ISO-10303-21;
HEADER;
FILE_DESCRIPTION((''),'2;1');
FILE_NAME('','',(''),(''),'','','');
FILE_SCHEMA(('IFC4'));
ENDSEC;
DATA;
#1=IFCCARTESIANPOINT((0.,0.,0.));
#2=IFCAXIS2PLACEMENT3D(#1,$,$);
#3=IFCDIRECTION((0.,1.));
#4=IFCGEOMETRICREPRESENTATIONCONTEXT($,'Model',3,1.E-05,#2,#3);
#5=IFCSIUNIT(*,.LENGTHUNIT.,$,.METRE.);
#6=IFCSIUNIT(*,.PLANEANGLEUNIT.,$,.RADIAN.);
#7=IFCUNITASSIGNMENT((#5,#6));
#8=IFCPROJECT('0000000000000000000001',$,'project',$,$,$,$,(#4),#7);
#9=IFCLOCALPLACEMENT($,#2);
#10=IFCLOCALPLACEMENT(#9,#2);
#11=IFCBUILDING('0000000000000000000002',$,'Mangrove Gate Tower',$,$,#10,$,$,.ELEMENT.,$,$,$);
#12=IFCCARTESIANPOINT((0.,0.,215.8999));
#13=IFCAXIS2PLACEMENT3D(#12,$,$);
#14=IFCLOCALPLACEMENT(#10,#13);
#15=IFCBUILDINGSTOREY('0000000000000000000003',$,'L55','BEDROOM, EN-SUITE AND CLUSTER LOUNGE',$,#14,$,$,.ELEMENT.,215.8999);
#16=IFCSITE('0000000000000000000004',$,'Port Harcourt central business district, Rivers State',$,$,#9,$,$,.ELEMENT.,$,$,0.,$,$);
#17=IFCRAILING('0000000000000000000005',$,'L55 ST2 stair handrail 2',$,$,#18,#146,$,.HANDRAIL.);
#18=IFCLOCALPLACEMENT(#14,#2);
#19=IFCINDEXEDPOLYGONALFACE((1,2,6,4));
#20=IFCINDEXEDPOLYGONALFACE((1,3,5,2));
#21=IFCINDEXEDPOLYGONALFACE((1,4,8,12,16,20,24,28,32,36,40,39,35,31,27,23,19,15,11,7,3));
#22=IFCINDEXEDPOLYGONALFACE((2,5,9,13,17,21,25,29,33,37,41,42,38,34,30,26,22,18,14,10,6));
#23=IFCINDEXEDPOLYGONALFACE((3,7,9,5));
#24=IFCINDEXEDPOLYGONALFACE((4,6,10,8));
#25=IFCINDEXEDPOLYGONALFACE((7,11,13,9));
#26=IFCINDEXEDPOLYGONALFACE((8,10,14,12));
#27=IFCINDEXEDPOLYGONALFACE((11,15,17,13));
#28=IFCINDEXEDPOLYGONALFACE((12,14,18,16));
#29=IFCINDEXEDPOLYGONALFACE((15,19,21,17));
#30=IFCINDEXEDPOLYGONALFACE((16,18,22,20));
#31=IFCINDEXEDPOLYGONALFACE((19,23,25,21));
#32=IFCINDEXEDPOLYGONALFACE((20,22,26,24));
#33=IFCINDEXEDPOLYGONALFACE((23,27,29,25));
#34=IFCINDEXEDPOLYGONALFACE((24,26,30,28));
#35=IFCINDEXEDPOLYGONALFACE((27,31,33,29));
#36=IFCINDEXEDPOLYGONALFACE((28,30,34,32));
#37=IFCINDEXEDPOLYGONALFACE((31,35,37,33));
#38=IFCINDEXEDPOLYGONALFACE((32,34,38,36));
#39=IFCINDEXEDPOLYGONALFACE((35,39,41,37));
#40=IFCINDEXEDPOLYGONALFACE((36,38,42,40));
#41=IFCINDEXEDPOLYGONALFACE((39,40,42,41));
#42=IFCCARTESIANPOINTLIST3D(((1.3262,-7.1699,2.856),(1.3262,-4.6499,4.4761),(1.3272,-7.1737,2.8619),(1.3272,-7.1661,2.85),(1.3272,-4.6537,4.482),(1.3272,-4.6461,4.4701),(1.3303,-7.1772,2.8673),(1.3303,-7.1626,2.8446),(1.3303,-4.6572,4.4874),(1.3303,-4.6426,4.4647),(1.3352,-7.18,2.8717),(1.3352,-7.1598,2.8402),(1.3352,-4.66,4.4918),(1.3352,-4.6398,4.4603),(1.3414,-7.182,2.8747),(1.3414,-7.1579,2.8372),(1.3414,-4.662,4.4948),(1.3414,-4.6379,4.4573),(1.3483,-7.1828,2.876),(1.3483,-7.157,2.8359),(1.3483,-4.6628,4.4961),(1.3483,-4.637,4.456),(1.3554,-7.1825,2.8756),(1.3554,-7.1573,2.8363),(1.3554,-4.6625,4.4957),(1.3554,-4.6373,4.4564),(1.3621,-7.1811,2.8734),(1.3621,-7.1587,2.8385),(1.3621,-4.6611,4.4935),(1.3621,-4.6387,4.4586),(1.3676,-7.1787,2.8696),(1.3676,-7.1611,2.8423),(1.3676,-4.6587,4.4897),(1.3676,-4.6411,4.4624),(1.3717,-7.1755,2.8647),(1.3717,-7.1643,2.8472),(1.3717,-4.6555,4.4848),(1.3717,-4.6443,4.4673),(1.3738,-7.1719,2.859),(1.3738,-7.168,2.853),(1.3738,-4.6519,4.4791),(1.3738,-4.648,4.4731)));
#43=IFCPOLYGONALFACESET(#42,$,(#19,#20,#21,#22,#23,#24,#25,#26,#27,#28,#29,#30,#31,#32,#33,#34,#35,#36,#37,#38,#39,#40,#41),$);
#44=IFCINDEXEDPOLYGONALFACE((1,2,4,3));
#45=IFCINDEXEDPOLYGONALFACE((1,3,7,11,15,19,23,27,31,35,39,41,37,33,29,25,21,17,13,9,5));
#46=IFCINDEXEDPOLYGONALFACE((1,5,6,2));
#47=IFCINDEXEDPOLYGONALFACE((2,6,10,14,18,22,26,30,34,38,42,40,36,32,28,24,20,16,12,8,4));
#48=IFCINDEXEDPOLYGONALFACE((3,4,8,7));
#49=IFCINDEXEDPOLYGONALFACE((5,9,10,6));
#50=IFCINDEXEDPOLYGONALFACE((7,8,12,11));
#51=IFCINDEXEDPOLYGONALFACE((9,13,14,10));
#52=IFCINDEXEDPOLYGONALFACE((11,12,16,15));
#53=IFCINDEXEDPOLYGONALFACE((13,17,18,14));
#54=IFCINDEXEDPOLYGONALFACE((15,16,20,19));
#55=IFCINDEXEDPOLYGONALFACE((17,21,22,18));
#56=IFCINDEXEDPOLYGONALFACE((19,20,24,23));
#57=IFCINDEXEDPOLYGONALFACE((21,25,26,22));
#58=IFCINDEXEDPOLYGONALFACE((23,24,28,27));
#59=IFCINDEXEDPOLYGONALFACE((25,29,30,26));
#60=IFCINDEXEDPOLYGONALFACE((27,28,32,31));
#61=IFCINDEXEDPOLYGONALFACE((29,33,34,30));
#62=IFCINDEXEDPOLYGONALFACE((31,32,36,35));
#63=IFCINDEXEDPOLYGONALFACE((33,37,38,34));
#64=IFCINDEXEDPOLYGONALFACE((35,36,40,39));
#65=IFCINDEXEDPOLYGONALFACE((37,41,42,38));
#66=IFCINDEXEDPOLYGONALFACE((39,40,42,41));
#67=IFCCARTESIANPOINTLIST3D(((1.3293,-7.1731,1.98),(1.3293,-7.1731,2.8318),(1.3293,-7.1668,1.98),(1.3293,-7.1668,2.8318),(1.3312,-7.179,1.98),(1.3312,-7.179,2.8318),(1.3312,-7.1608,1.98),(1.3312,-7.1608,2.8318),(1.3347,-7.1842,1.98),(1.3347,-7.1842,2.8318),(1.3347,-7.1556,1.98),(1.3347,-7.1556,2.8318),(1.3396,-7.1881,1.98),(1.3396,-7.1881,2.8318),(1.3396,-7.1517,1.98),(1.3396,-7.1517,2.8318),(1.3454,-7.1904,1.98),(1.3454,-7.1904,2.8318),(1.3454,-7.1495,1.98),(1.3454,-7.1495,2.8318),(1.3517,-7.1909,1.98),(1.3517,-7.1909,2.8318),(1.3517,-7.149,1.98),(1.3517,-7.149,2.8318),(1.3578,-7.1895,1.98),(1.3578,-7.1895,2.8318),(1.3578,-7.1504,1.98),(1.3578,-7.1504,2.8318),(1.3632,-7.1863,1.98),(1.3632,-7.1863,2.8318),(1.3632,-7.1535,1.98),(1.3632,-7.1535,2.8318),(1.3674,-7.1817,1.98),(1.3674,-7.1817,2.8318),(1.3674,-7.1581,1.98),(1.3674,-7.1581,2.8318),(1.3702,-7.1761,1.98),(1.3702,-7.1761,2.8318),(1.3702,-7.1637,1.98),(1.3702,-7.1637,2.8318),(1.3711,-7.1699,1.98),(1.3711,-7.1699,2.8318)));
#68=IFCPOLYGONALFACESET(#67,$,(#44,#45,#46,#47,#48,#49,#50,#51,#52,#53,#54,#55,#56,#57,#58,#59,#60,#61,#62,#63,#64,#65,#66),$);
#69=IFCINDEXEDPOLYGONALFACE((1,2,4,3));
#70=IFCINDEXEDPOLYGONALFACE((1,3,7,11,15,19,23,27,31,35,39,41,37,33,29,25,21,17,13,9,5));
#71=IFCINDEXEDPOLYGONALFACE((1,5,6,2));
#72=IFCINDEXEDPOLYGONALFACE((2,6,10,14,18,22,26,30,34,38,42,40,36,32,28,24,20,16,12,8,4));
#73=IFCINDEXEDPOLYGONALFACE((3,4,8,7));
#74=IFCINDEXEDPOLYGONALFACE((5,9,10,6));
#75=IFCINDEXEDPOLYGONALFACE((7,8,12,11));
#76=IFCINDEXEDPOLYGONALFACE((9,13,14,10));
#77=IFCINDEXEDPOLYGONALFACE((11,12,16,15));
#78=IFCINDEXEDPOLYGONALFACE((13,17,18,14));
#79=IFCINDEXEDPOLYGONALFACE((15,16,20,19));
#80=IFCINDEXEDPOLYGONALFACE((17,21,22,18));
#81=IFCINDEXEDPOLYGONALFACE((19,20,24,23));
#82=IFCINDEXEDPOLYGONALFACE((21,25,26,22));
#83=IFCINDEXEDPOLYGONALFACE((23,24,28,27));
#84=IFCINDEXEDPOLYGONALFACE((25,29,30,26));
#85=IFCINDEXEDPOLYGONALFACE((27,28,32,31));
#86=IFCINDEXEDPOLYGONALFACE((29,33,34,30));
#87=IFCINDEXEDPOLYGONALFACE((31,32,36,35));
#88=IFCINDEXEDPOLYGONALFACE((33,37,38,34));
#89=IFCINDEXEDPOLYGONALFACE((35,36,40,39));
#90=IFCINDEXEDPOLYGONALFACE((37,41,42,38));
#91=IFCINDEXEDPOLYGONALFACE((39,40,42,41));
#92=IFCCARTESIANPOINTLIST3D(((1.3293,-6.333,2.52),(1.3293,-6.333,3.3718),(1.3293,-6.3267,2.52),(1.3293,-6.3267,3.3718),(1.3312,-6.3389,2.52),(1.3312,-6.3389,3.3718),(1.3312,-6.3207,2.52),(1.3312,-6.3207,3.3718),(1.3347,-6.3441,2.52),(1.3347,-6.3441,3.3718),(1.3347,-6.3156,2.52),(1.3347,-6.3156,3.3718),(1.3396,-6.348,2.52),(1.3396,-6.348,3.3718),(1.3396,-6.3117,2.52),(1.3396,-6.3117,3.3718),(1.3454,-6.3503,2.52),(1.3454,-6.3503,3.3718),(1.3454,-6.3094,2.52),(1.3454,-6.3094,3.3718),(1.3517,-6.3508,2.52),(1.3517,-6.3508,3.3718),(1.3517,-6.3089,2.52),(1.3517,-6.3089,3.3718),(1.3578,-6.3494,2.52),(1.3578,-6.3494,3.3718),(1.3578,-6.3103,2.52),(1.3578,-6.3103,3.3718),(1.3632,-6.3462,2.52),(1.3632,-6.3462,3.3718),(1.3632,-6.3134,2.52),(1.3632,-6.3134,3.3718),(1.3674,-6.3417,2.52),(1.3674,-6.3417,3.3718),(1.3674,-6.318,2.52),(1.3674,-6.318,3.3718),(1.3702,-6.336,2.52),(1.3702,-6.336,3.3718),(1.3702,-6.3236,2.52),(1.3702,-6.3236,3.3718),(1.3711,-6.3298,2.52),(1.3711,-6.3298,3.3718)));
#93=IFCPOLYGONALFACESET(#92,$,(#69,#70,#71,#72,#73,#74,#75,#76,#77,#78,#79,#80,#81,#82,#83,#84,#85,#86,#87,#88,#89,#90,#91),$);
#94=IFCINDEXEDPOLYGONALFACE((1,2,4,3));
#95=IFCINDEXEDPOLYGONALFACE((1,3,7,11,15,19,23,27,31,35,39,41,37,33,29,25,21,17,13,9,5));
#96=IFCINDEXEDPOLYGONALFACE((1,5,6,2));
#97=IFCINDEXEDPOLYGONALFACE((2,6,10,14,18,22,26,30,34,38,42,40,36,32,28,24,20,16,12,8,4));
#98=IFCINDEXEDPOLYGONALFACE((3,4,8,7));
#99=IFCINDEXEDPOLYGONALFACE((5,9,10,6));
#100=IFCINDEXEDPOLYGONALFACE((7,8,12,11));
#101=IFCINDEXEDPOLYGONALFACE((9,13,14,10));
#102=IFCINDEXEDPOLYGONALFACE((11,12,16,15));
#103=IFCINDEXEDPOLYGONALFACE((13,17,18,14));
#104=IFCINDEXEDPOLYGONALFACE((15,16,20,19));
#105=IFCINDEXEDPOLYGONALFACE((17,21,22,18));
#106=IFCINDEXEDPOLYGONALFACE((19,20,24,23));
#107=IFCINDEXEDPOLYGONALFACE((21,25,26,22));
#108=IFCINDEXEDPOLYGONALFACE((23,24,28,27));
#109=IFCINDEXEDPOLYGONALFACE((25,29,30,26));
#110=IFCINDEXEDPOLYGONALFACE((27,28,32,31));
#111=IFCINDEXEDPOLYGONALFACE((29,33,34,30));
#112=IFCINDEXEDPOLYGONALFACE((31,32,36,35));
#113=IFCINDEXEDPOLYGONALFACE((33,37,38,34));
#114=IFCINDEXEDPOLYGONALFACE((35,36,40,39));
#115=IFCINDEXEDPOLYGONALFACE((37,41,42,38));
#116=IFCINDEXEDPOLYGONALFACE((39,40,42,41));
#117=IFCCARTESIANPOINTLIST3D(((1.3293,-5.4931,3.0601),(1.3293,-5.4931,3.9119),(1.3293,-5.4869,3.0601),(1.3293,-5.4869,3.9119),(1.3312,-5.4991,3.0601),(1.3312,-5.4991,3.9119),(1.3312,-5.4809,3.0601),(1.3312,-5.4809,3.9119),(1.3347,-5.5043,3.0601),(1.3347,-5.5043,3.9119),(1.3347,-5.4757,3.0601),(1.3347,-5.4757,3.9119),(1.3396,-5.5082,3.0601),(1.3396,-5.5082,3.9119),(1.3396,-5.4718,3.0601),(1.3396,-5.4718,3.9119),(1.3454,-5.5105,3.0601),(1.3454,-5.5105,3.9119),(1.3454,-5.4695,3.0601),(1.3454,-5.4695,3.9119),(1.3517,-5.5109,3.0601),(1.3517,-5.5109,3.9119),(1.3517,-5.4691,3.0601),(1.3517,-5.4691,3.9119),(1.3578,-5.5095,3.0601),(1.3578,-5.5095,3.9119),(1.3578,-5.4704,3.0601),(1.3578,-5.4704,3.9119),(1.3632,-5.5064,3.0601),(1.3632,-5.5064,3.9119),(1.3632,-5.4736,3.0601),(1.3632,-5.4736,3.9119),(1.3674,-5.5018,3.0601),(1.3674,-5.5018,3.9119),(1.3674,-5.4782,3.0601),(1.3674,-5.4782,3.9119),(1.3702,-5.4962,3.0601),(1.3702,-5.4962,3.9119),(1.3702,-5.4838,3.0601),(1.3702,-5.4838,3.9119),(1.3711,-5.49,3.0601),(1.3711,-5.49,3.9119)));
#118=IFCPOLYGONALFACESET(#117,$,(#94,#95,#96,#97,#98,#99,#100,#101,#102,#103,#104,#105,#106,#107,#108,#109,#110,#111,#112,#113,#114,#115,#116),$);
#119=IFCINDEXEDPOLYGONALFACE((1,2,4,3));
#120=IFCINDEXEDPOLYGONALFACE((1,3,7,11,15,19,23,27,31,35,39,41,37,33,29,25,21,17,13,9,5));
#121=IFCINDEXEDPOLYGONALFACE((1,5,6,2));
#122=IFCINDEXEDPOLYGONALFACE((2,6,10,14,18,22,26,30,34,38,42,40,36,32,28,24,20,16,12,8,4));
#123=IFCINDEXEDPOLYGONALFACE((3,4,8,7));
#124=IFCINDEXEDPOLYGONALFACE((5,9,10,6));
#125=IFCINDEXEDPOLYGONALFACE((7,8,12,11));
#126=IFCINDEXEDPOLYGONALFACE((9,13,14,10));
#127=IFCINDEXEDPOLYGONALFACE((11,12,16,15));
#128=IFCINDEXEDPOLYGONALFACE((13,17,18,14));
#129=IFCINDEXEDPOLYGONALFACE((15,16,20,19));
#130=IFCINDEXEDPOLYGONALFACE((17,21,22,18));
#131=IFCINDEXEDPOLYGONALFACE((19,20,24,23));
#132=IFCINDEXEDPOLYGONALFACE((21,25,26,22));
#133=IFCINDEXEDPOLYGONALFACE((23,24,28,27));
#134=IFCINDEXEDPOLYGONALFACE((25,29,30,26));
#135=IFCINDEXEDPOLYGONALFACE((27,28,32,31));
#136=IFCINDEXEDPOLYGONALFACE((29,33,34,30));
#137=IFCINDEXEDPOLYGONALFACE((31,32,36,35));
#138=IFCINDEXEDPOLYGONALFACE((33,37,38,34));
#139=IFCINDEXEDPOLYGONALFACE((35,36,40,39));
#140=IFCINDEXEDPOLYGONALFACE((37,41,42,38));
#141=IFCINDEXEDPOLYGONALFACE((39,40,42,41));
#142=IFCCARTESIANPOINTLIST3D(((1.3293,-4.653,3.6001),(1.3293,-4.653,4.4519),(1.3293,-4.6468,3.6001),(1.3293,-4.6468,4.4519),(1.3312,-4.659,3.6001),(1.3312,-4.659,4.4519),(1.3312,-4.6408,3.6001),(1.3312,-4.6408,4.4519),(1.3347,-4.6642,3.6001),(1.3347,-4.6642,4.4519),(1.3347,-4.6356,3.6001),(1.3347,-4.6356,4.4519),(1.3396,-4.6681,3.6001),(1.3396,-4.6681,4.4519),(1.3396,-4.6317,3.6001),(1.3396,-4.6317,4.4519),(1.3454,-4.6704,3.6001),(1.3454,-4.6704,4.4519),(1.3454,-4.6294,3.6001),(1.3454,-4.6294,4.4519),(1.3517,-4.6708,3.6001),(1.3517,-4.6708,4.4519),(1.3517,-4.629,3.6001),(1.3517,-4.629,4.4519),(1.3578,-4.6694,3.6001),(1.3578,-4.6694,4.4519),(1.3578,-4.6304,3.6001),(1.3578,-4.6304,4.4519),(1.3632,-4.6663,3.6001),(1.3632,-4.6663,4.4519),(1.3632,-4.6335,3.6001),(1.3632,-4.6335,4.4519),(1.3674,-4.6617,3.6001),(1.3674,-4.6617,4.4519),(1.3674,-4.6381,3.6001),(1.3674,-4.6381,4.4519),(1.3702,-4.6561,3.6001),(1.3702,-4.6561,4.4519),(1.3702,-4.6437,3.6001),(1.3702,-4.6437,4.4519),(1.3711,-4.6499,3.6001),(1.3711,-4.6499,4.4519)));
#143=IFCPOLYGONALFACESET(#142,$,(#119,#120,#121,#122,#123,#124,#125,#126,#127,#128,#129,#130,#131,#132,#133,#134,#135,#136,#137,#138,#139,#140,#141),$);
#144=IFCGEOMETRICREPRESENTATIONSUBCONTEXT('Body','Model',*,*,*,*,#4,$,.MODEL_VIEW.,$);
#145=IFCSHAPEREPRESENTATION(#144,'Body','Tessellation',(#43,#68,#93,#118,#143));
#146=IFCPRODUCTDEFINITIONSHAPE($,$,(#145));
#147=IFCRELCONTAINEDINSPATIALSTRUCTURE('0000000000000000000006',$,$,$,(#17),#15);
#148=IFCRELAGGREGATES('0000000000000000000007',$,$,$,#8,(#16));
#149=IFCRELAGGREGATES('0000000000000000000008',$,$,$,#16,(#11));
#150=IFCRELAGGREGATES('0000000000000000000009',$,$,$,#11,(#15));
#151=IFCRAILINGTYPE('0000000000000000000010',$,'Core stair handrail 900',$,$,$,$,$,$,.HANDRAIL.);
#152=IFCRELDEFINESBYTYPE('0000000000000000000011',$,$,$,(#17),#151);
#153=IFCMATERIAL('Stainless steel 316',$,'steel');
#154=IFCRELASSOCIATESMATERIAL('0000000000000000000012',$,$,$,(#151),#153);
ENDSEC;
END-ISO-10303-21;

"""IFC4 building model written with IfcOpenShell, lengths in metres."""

from ifc_helpers import new_model, si_unit, direction, frame, origin, origin_2d, place, context, subcontext, project, spatial, circle, extrude, material, type_object, element, save


model = new_model("IFC4")

# Units and contexts
model_context = context("Model", 3, precision=1e-05, world=origin(), true_north=direction((0.0, 1.0)))
body_context = subcontext(model_context, "Body", "Model", "MODEL_VIEW")
ifc_project = project(units=[si_unit("LENGTHUNIT", "METRE"), si_unit("PLANEANGLEUNIT", "RADIAN")], contexts=[model_context])

# Site, building, storey
site_placement = place(None, origin())
site = spatial("IfcSite", under=ifc_project, at=site_placement, Name="Port Harcourt central business district, Rivers State", CompositionType="ELEMENT", RefElevation=0.0)
building_placement = place(site_placement, origin())
building = spatial("IfcBuilding", under=site, at=building_placement, Name="Mangrove Gate Tower", CompositionType="ELEMENT")
storey_placement = place(building_placement, frame((0.0, 0.0, 215.8999)))
storey = spatial("IfcBuildingStorey", under=building, at=storey_placement, Name="L55", Description="BEDROOM, EN-SUITE AND CLUSTER LOUNGE", CompositionType="ELEMENT", Elevation=215.8999)

# Railing
ifc_material_1 = material(Name="Stainless steel 316", Category="steel")
railing_type_1 = type_object("IfcRailingType", Name="Core stair handrail 900", PredefinedType="HANDRAIL", material=ifc_material_1)
railing_1_placement = place(storey_placement, frame((1.3501, -7.1699, 1.98)))
element("IfcRailing", 1, at=railing_1_placement, inside=storey, type_object=railing_type_1, Name="L55 ST2 stair handrail 2", PredefinedType="HANDRAIL", context=body_context, shape_type="SweptSolid", body=[
    extrude(circle(Radius=0.0239, at=origin_2d()), frame((0.0, 0.0, 0.876), z_axis=(0.0, 0.841163, 0.540782), x_axis=(-1.0, 0.0, 0.0)), (0.0, 0.0, 1.0), 2.9958),
    extrude(circle(Radius=0.021, at=origin_2d()), origin(), (0.0, 0.0, 1.0), 0.8518),
    extrude(circle(Radius=0.021, at=origin_2d()), frame((0.0, 0.8401, 0.54)), (0.0, 0.0, 1.0), 0.8518),
    extrude(circle(Radius=0.021, at=origin_2d()), frame((0.0, 1.6799, 1.0801)), (0.0, 0.0, 1.0), 0.8518),
    extrude(circle(Radius=0.021, at=origin_2d()), frame((0.0, 2.52, 1.6201)), (0.0, 0.0, 1.0), 0.8518),
])

save(model, "model.ifc")
